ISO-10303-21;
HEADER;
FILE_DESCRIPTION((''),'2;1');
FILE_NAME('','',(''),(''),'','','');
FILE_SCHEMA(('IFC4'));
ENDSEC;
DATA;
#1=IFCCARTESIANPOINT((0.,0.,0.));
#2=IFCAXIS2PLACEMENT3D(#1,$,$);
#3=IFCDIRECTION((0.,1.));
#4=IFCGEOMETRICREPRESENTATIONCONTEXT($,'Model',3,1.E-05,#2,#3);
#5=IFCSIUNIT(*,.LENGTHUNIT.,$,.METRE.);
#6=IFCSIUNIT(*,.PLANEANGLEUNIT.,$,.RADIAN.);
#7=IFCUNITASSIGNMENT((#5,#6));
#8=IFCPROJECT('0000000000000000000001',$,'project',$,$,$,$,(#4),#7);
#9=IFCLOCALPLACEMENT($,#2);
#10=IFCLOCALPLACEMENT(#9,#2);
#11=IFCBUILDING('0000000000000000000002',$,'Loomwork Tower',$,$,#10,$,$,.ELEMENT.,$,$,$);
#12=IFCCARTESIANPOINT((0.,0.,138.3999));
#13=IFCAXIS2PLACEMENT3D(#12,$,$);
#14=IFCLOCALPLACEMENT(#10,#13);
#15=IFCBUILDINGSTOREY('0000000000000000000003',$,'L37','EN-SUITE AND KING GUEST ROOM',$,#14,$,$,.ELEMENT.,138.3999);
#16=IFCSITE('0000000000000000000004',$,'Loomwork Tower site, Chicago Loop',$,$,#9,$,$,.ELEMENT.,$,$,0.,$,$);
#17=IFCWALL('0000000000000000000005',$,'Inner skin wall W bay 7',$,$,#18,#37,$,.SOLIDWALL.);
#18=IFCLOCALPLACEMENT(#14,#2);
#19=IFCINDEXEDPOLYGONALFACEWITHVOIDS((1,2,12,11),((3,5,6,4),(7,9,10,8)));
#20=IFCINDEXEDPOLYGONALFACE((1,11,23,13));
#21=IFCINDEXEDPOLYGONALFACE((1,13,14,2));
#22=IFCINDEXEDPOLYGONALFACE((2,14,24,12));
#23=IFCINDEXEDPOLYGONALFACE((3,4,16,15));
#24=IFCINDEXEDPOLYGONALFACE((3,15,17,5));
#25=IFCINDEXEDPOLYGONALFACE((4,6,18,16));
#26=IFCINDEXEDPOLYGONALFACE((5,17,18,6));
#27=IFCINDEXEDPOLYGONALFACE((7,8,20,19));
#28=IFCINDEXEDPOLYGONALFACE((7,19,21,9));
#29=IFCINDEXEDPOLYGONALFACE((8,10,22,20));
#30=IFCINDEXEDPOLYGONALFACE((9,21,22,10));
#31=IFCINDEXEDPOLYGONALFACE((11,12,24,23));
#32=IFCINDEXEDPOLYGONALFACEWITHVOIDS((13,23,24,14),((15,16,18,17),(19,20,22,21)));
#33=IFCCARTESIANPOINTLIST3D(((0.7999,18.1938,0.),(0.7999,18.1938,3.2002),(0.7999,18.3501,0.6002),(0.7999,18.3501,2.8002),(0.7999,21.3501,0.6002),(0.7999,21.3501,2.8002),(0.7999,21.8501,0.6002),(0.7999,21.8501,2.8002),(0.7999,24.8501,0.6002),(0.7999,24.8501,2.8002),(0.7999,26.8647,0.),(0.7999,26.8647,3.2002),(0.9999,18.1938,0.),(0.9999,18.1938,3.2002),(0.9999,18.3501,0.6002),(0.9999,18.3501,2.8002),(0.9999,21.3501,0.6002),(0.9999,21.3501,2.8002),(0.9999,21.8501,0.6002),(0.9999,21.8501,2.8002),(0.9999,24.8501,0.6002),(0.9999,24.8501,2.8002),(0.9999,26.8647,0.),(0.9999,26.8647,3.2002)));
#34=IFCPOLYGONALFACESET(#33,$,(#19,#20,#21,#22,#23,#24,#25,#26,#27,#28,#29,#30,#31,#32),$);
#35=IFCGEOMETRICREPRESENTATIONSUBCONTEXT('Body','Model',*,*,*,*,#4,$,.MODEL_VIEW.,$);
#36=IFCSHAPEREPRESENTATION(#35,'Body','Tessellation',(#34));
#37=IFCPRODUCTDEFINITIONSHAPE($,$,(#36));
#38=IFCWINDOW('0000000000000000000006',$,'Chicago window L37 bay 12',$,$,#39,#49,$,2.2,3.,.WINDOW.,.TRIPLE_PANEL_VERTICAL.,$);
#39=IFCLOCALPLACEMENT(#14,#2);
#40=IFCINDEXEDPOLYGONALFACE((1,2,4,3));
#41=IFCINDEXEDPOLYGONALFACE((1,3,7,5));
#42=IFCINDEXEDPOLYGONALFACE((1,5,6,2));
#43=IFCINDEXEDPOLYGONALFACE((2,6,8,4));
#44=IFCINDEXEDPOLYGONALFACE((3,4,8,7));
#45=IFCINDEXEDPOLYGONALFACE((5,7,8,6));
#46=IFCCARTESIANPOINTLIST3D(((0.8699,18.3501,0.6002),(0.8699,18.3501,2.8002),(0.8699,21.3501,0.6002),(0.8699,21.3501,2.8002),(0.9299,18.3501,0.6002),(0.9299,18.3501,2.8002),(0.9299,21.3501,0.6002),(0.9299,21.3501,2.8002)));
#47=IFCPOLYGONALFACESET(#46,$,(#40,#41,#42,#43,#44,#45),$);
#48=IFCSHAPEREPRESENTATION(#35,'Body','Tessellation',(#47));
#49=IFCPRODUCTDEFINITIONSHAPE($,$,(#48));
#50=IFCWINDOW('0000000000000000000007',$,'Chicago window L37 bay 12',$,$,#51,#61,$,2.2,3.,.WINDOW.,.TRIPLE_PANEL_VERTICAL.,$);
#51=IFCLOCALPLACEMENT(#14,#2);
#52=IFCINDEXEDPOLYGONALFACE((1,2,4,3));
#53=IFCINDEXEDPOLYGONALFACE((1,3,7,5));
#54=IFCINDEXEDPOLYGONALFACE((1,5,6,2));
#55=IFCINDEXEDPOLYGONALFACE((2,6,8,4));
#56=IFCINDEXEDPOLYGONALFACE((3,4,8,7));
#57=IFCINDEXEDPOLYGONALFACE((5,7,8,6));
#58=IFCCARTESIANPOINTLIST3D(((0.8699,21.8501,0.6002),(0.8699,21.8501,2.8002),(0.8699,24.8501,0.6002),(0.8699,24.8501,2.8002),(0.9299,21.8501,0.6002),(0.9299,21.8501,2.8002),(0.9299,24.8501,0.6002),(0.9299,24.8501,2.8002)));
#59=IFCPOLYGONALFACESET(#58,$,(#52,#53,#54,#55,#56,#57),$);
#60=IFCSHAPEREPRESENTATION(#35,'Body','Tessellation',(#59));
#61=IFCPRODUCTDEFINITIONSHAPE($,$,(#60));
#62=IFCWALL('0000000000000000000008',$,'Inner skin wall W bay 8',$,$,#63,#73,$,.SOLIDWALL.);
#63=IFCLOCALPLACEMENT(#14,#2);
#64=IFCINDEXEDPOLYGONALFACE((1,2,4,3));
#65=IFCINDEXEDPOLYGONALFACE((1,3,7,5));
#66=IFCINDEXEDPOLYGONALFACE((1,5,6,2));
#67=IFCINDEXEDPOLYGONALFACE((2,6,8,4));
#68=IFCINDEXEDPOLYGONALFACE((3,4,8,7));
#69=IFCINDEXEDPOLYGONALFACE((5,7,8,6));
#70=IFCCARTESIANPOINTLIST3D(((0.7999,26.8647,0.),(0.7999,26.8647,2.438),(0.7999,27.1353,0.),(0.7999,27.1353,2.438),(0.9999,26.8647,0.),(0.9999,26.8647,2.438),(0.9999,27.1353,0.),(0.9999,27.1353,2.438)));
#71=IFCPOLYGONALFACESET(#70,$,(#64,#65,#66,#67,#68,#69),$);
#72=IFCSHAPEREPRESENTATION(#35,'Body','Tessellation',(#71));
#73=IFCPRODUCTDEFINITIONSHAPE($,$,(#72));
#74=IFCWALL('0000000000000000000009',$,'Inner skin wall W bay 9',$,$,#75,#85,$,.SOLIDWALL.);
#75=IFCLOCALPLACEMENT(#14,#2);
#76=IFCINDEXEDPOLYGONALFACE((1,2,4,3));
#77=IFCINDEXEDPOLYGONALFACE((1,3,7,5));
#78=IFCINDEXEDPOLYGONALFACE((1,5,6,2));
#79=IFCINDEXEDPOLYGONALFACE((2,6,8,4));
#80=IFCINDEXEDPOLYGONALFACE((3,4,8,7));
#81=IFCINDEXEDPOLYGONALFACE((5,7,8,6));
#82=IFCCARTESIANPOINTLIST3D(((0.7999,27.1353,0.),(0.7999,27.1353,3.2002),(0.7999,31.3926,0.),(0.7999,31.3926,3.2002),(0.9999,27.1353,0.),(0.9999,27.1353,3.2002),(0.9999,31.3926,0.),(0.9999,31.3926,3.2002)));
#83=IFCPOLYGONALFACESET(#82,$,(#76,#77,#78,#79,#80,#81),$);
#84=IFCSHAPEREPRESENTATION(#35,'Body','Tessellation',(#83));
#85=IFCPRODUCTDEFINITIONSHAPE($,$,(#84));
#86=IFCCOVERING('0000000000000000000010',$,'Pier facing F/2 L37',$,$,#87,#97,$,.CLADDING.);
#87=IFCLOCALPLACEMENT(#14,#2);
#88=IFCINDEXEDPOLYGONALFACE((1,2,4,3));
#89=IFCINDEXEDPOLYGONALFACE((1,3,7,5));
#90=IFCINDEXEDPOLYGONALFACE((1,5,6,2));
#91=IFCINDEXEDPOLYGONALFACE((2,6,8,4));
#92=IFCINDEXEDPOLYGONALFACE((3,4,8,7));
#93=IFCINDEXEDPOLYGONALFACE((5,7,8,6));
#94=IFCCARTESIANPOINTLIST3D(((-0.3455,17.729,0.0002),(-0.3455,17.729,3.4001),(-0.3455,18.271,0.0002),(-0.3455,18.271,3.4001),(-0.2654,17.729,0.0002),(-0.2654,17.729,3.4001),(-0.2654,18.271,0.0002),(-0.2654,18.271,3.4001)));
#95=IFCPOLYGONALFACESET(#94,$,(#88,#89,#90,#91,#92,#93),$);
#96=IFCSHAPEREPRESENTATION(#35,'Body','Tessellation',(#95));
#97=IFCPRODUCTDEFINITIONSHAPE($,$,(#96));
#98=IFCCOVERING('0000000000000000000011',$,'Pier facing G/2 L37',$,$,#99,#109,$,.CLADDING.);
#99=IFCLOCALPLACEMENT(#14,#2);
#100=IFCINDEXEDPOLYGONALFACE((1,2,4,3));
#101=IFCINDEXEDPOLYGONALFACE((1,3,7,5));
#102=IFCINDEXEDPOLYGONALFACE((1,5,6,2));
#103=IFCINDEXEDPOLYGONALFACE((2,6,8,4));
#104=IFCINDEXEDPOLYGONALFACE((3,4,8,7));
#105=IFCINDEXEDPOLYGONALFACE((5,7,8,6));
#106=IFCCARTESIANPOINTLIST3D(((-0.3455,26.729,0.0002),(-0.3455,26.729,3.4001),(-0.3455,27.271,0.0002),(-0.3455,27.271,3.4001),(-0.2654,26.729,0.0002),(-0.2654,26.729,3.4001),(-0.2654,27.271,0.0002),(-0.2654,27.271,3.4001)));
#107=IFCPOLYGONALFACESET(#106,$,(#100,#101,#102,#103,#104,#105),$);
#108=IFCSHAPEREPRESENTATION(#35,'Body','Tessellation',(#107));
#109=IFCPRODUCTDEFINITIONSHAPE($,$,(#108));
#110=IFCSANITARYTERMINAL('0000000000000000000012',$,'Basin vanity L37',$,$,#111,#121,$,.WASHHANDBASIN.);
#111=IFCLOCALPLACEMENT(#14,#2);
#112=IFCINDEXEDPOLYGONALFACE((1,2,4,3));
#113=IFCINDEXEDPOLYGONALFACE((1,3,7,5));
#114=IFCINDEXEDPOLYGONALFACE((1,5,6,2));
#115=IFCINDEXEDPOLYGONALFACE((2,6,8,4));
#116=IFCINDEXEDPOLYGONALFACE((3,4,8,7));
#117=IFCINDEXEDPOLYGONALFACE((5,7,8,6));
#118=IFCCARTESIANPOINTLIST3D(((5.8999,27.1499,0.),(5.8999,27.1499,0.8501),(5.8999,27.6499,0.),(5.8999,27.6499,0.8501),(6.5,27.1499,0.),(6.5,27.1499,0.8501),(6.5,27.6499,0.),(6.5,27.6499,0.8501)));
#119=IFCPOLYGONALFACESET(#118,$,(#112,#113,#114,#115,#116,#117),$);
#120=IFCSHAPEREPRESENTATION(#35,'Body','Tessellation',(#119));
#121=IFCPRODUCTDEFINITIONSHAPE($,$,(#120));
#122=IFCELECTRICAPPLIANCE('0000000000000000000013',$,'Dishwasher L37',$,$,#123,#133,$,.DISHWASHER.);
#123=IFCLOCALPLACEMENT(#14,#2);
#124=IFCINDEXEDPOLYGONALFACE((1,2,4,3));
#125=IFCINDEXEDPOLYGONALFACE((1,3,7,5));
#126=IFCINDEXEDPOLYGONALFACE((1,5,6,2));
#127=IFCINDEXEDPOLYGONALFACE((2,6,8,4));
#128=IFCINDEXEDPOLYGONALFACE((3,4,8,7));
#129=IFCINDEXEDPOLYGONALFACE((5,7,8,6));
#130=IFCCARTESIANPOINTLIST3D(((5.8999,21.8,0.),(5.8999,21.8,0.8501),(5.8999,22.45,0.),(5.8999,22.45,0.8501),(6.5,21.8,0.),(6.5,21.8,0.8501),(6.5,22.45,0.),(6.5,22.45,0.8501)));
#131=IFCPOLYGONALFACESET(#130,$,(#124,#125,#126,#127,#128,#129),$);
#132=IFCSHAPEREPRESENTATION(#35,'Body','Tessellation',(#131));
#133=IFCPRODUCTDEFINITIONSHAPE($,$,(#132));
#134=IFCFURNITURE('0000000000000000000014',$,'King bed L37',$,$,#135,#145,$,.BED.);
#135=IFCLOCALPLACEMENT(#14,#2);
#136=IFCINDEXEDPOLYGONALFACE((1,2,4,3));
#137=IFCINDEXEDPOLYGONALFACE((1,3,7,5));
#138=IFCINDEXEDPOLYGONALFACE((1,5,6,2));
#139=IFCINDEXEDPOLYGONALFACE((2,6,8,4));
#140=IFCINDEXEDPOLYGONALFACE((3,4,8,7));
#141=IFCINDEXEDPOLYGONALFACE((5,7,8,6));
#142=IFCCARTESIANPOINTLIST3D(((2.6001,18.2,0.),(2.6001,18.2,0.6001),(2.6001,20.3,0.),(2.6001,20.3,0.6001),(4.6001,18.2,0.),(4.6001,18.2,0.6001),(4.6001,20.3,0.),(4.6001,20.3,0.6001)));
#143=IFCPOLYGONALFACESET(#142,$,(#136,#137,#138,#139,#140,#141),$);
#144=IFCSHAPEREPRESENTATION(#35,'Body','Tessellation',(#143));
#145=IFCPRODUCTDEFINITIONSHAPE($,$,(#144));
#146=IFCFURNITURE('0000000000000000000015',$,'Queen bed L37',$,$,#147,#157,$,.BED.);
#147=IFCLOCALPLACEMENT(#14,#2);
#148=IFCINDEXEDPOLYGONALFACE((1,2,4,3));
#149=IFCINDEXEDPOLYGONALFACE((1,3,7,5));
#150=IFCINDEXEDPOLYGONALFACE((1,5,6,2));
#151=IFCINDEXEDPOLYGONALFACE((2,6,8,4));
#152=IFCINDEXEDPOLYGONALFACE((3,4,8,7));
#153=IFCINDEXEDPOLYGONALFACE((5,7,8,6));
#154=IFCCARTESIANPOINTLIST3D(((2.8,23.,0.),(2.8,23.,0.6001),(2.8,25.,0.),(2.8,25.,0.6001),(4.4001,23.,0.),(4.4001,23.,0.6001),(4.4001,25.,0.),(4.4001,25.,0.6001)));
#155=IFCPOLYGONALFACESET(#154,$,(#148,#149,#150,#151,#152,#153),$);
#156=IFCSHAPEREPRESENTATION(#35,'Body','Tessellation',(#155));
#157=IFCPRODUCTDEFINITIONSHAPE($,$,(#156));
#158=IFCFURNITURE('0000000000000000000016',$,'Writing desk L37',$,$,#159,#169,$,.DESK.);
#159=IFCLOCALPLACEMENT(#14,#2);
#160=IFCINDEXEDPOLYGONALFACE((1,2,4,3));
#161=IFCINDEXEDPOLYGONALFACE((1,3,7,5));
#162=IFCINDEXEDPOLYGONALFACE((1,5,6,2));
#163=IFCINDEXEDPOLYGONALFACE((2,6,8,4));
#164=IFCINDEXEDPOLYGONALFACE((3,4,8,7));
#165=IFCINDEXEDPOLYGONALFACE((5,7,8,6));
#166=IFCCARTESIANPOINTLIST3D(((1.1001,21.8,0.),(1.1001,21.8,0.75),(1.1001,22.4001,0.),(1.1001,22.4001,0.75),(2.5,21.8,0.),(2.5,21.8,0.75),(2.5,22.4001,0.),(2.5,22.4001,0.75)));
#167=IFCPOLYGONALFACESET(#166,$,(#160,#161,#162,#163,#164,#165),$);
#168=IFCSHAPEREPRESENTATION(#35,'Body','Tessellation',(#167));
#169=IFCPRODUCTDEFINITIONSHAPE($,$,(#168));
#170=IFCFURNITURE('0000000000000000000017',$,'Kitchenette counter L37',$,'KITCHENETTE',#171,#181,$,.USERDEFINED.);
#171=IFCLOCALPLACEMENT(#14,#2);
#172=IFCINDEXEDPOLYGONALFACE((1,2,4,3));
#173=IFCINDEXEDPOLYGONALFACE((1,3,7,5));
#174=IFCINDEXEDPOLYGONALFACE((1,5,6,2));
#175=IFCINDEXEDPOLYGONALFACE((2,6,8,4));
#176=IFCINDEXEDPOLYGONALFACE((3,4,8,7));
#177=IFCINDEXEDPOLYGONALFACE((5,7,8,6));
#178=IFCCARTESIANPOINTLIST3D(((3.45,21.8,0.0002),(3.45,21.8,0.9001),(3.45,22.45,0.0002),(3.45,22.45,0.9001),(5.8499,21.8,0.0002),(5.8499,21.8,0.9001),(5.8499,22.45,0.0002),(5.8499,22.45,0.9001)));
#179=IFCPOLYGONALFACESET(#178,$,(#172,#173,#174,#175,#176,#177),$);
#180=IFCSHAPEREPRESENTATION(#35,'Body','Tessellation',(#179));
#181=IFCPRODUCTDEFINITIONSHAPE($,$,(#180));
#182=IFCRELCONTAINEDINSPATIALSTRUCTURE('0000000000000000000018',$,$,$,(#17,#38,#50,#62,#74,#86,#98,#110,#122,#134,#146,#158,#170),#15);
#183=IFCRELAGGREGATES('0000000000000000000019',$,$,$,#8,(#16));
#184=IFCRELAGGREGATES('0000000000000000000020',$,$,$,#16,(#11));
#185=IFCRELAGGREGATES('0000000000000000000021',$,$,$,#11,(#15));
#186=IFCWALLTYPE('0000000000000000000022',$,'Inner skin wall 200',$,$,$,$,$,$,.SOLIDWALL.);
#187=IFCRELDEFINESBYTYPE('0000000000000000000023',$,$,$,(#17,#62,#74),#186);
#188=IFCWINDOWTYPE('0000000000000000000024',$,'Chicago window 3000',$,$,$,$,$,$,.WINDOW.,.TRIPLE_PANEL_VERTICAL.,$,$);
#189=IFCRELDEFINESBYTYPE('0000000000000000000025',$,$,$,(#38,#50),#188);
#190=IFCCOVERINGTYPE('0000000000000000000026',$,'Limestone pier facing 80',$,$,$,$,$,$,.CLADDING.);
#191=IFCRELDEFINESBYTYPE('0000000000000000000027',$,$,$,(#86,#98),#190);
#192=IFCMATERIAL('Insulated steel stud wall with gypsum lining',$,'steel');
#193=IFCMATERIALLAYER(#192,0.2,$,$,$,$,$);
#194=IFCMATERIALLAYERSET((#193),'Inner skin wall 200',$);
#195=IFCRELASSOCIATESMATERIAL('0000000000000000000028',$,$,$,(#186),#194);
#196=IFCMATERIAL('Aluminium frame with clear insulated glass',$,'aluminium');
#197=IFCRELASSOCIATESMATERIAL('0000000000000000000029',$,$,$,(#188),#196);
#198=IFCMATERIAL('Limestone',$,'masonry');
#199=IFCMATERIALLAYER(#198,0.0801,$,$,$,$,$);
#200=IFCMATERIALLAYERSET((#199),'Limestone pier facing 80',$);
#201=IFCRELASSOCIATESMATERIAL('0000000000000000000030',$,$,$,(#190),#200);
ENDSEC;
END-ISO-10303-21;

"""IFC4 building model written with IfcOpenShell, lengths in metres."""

from ifc_helpers import new_model, si_unit, direction, frame, frame_2d, origin, origin_2d, place, context, subcontext, project, spatial, rectangle, extrude, material, layer, layer_set, type_object, element, fill, save


model = new_model("IFC4")

# Units and contexts
model_context = context("Model", 3, precision=1e-05, world=origin(), true_north=direction((0.0, 1.0)))
body_context = subcontext(model_context, "Body", "Model", "MODEL_VIEW")
ifc_project = project(units=[si_unit("LENGTHUNIT", "METRE"), si_unit("PLANEANGLEUNIT", "RADIAN")], contexts=[model_context])

# Site, building, storey
site_placement = place(None, origin())
site = spatial("IfcSite", under=ifc_project, at=site_placement, Name="Loomwork Tower site, Chicago Loop", CompositionType="ELEMENT", RefElevation=0.0)
building_placement = place(site_placement, origin())
building = spatial("IfcBuilding", under=site, at=building_placement, Name="Loomwork Tower", CompositionType="ELEMENT")
storey_placement = place(building_placement, frame((0.0, 0.0, 138.3999)))
storey = spatial("IfcBuildingStorey", under=building, at=storey_placement, Name="L37", Description="EN-SUITE AND KING GUEST ROOM", CompositionType="ELEMENT", Elevation=138.3999)

# Shared definitions
ifc_material_1 = material(Name="Insulated steel stud wall with gypsum lining", Category="steel")
ifc_layer_1 = layer(ifc_material_1, 0.2)
ifc_layer_set_1 = layer_set([ifc_layer_1], Name="Inner skin wall 200")
wall_type_1 = type_object("IfcWallType", Name="Inner skin wall 200", PredefinedType="SOLIDWALL", material=ifc_layer_set_1)

# Wall, openings, windows
wall_1_placement = place(storey_placement, frame((0.8999, 18.1938, 0.0), z_axis=(0.0, 0.0, 1.0), x_axis=(0.0, 1.0, 0.0)))
wall_1 = element("IfcWall", 1, at=wall_1_placement, inside=storey, type_object=wall_type_1, Name="Inner skin wall W bay 7", PredefinedType="SOLIDWALL", context=body_context, shape_type="SweptSolid", body=[
    extrude(rectangle(XDim=8.6709, YDim=0.2, at=frame_2d((4.3354, 0.0))), origin(), (0.0, 0.0, 1.0), 3.2002),
])
opening_1_placement = place(wall_1_placement, frame((0.1562, 0.0, 0.6001)))
opening_1 = element("IfcOpeningElement", 2, at=opening_1_placement, cuts=wall_1, PredefinedType="OPENING", context=body_context, shape_type="SweptSolid", body=[
    extrude(rectangle(XDim=3.0, YDim=2.2, at=frame_2d((1.5, 1.1001))), frame((0.0, 0.1099, 0.0), z_axis=(0.0, -1.0, 0.0), x_axis=(1.0, 0.0, 0.0)), (0.0, 0.0, 1.0), 0.22),
])
opening_2_placement = place(wall_1_placement, frame((3.6562, 0.0, 0.6001)))
opening_2 = element("IfcOpeningElement", 3, at=opening_2_placement, cuts=wall_1, PredefinedType="OPENING", context=body_context, shape_type="SweptSolid", body=[
    extrude(rectangle(XDim=3.0, YDim=2.2, at=frame_2d((1.5, 1.1001))), frame((0.0, 0.1099, 0.0), z_axis=(0.0, -1.0, 0.0), x_axis=(1.0, 0.0, 0.0)), (0.0, 0.0, 1.0), 0.22),
])
ifc_material_2 = material(Name="Aluminium frame with clear insulated glass", Category="aluminium")
window_type = type_object("IfcWindowType", Name="Chicago window 3000", PartitioningType="TRIPLE_PANEL_VERTICAL", PredefinedType="WINDOW", material=ifc_material_2)
window_1_placement = place(opening_1_placement, origin())
window_1 = element("IfcWindow", 4, at=window_1_placement, inside=storey, type_object=window_type, Name="Chicago window L37 bay 12", OverallHeight=2.2, OverallWidth=3.0, PartitioningType="TRIPLE_PANEL_VERTICAL", PredefinedType="WINDOW", context=body_context, shape_type="SweptSolid", body=[
    extrude(rectangle(XDim=3.0, YDim=2.2, at=frame_2d((1.5, 1.1001))), frame((0.0, 0.03, 0.0), z_axis=(0.0, -1.0, 0.0), x_axis=(1.0, 0.0, 0.0)), (0.0, 0.0, 1.0), 0.0601),
])
fill(opening_1, window_1)
window_2_placement = place(opening_2_placement, origin())
window_2 = element("IfcWindow", 5, at=window_2_placement, inside=storey, type_object=window_type, Name="Chicago window L37 bay 12", OverallHeight=2.2, OverallWidth=3.0, PartitioningType="TRIPLE_PANEL_VERTICAL", PredefinedType="WINDOW", context=body_context, shape_type="SweptSolid", body=[
    extrude(rectangle(XDim=3.0, YDim=2.2, at=frame_2d((1.5, 1.1001))), frame((0.0, 0.03, 0.0), z_axis=(0.0, -1.0, 0.0), x_axis=(1.0, 0.0, 0.0)), (0.0, 0.0, 1.0), 0.0601),
])
fill(opening_2, window_2)

# Walls
wall_2_placement = place(storey_placement, frame((0.8999, 26.8647, 0.0), z_axis=(0.0, 0.0, 1.0), x_axis=(0.0, 1.0, 0.0)))
element("IfcWall", 6, at=wall_2_placement, inside=storey, type_object=wall_type_1, Name="Inner skin wall W bay 8", PredefinedType="SOLIDWALL", context=body_context, shape_type="SweptSolid", body=[
    extrude(rectangle(XDim=0.2705, YDim=0.2, at=frame_2d((0.1353, 0.0))), origin(), (0.0, 0.0, 1.0), 2.438),
])
wall_3_placement = place(storey_placement, frame((0.8999, 27.1353, 0.0), z_axis=(0.0, 0.0, 1.0), x_axis=(0.0, 1.0, 0.0)))
element("IfcWall", 7, at=wall_3_placement, inside=storey, type_object=wall_type_1, Name="Inner skin wall W bay 9", PredefinedType="SOLIDWALL", context=body_context, shape_type="SweptSolid", body=[
    extrude(rectangle(XDim=4.2573, YDim=0.2, at=frame_2d((2.1287, 0.0))), origin(), (0.0, 0.0, 1.0), 3.2002),
])

# Coverings
ifc_material_3 = material(Name="Limestone", Category="masonry")
ifc_layer_2 = layer(ifc_material_3, 0.0801)
ifc_layer_set_2 = layer_set([ifc_layer_2], Name="Limestone pier facing 80")
covering_type = type_object("IfcCoveringType", Name="Limestone pier facing 80", PredefinedType="CLADDING", material=ifc_layer_set_2)
for number, where, z_axis, x_axis, name in (
    (8, (-0.3054, 18.0, 0.0002), (0.0, 0.0, 1.0), (1.0, 0.0, 0.0), "Pier facing F/2 L37"),
    (9, (-0.3054, 27.0, 0.0002), (0.0, 0.0, 1.0), (1.0, 0.0, 0.0), "Pier facing G/2 L37"),
):
    element("IfcCovering", number, at=place(storey_placement, frame(where, z_axis=z_axis, x_axis=x_axis)), inside=storey, type_object=covering_type, Name=name, PredefinedType="CLADDING", context=body_context, shape_type="SweptSolid", body=[
        extrude(rectangle(XDim=0.0801, YDim=0.542, at=origin_2d()), origin(), (0.0, 0.0, 1.0), 3.3999),
    ])

# Sanitary terminal
sanitary_terminal_placement = place(storey_placement, frame((6.2, 27.3999, 0.0), z_axis=(0.0, 0.0, 1.0), x_axis=(1.0, 0.0, 0.0)))
element("IfcSanitaryTerminal", 10, at=sanitary_terminal_placement, inside=storey, Name="Basin vanity L37", PredefinedType="WASHHANDBASIN", context=body_context, shape_type="SweptSolid", body=[
    extrude(rectangle(XDim=0.6001, YDim=0.5, at=origin_2d()), origin(), (0.0, 0.0, 1.0), 0.8501),
])

# Electric appliance
electric_appliance_placement = place(storey_placement, frame((6.2, 22.125, 0.0), z_axis=(0.0, 0.0, 1.0), x_axis=(1.0, 0.0, 0.0)))
element("IfcElectricAppliance", 11, at=electric_appliance_placement, inside=storey, Name="Dishwasher L37", PredefinedType="DISHWASHER", context=body_context, shape_type="SweptSolid", body=[
    extrude(rectangle(XDim=0.6001, YDim=0.6499, at=origin_2d()), origin(), (0.0, 0.0, 1.0), 0.8501),
])

# Furniture
furniture_1_placement = place(storey_placement, frame((3.6001, 19.25, 0.0), z_axis=(0.0, 0.0, 1.0), x_axis=(1.0, 0.0, 0.0)))
element("IfcFurniture", 12, at=furniture_1_placement, inside=storey, Name="King bed L37", PredefinedType="BED", context=body_context, shape_type="SweptSolid", body=[
    extrude(rectangle(XDim=2.0, YDim=2.1001, at=origin_2d()), origin(), (0.0, 0.0, 1.0), 0.6001),
])
furniture_2_placement = place(storey_placement, frame((3.6001, 24.0, 0.0), z_axis=(0.0, 0.0, 1.0), x_axis=(1.0, 0.0, 0.0)))
element("IfcFurniture", 13, at=furniture_2_placement, inside=storey, Name="Queen bed L37", PredefinedType="BED", context=body_context, shape_type="SweptSolid", body=[
    extrude(rectangle(XDim=1.6001, YDim=2.0, at=origin_2d()), origin(), (0.0, 0.0, 1.0), 0.6001),
])
furniture_3_placement = place(storey_placement, frame((1.8, 22.1001, 0.0), z_axis=(0.0, 0.0, 1.0), x_axis=(1.0, 0.0, 0.0)))
element("IfcFurniture", 14, at=furniture_3_placement, inside=storey, Name="Writing desk L37", PredefinedType="DESK", context=body_context, shape_type="SweptSolid", body=[
    extrude(rectangle(XDim=1.3999, YDim=0.6001, at=origin_2d()), origin(), (0.0, 0.0, 1.0), 0.75),
])
furniture_4_placement = place(storey_placement, frame((4.6499, 22.125, 0.0002), z_axis=(0.0, 0.0, 1.0), x_axis=(1.0, 0.0, 0.0)))
element("IfcFurniture", 15, at=furniture_4_placement, inside=storey, Name="Kitchenette counter L37", ObjectType="KITCHENETTE", PredefinedType="USERDEFINED", context=body_context, shape_type="SweptSolid", body=[
    extrude(rectangle(XDim=2.3999, YDim=0.6499, at=origin_2d()), origin(), (0.0, 0.0, 1.0), 0.8999),
])

save(model, "model.ifc")
